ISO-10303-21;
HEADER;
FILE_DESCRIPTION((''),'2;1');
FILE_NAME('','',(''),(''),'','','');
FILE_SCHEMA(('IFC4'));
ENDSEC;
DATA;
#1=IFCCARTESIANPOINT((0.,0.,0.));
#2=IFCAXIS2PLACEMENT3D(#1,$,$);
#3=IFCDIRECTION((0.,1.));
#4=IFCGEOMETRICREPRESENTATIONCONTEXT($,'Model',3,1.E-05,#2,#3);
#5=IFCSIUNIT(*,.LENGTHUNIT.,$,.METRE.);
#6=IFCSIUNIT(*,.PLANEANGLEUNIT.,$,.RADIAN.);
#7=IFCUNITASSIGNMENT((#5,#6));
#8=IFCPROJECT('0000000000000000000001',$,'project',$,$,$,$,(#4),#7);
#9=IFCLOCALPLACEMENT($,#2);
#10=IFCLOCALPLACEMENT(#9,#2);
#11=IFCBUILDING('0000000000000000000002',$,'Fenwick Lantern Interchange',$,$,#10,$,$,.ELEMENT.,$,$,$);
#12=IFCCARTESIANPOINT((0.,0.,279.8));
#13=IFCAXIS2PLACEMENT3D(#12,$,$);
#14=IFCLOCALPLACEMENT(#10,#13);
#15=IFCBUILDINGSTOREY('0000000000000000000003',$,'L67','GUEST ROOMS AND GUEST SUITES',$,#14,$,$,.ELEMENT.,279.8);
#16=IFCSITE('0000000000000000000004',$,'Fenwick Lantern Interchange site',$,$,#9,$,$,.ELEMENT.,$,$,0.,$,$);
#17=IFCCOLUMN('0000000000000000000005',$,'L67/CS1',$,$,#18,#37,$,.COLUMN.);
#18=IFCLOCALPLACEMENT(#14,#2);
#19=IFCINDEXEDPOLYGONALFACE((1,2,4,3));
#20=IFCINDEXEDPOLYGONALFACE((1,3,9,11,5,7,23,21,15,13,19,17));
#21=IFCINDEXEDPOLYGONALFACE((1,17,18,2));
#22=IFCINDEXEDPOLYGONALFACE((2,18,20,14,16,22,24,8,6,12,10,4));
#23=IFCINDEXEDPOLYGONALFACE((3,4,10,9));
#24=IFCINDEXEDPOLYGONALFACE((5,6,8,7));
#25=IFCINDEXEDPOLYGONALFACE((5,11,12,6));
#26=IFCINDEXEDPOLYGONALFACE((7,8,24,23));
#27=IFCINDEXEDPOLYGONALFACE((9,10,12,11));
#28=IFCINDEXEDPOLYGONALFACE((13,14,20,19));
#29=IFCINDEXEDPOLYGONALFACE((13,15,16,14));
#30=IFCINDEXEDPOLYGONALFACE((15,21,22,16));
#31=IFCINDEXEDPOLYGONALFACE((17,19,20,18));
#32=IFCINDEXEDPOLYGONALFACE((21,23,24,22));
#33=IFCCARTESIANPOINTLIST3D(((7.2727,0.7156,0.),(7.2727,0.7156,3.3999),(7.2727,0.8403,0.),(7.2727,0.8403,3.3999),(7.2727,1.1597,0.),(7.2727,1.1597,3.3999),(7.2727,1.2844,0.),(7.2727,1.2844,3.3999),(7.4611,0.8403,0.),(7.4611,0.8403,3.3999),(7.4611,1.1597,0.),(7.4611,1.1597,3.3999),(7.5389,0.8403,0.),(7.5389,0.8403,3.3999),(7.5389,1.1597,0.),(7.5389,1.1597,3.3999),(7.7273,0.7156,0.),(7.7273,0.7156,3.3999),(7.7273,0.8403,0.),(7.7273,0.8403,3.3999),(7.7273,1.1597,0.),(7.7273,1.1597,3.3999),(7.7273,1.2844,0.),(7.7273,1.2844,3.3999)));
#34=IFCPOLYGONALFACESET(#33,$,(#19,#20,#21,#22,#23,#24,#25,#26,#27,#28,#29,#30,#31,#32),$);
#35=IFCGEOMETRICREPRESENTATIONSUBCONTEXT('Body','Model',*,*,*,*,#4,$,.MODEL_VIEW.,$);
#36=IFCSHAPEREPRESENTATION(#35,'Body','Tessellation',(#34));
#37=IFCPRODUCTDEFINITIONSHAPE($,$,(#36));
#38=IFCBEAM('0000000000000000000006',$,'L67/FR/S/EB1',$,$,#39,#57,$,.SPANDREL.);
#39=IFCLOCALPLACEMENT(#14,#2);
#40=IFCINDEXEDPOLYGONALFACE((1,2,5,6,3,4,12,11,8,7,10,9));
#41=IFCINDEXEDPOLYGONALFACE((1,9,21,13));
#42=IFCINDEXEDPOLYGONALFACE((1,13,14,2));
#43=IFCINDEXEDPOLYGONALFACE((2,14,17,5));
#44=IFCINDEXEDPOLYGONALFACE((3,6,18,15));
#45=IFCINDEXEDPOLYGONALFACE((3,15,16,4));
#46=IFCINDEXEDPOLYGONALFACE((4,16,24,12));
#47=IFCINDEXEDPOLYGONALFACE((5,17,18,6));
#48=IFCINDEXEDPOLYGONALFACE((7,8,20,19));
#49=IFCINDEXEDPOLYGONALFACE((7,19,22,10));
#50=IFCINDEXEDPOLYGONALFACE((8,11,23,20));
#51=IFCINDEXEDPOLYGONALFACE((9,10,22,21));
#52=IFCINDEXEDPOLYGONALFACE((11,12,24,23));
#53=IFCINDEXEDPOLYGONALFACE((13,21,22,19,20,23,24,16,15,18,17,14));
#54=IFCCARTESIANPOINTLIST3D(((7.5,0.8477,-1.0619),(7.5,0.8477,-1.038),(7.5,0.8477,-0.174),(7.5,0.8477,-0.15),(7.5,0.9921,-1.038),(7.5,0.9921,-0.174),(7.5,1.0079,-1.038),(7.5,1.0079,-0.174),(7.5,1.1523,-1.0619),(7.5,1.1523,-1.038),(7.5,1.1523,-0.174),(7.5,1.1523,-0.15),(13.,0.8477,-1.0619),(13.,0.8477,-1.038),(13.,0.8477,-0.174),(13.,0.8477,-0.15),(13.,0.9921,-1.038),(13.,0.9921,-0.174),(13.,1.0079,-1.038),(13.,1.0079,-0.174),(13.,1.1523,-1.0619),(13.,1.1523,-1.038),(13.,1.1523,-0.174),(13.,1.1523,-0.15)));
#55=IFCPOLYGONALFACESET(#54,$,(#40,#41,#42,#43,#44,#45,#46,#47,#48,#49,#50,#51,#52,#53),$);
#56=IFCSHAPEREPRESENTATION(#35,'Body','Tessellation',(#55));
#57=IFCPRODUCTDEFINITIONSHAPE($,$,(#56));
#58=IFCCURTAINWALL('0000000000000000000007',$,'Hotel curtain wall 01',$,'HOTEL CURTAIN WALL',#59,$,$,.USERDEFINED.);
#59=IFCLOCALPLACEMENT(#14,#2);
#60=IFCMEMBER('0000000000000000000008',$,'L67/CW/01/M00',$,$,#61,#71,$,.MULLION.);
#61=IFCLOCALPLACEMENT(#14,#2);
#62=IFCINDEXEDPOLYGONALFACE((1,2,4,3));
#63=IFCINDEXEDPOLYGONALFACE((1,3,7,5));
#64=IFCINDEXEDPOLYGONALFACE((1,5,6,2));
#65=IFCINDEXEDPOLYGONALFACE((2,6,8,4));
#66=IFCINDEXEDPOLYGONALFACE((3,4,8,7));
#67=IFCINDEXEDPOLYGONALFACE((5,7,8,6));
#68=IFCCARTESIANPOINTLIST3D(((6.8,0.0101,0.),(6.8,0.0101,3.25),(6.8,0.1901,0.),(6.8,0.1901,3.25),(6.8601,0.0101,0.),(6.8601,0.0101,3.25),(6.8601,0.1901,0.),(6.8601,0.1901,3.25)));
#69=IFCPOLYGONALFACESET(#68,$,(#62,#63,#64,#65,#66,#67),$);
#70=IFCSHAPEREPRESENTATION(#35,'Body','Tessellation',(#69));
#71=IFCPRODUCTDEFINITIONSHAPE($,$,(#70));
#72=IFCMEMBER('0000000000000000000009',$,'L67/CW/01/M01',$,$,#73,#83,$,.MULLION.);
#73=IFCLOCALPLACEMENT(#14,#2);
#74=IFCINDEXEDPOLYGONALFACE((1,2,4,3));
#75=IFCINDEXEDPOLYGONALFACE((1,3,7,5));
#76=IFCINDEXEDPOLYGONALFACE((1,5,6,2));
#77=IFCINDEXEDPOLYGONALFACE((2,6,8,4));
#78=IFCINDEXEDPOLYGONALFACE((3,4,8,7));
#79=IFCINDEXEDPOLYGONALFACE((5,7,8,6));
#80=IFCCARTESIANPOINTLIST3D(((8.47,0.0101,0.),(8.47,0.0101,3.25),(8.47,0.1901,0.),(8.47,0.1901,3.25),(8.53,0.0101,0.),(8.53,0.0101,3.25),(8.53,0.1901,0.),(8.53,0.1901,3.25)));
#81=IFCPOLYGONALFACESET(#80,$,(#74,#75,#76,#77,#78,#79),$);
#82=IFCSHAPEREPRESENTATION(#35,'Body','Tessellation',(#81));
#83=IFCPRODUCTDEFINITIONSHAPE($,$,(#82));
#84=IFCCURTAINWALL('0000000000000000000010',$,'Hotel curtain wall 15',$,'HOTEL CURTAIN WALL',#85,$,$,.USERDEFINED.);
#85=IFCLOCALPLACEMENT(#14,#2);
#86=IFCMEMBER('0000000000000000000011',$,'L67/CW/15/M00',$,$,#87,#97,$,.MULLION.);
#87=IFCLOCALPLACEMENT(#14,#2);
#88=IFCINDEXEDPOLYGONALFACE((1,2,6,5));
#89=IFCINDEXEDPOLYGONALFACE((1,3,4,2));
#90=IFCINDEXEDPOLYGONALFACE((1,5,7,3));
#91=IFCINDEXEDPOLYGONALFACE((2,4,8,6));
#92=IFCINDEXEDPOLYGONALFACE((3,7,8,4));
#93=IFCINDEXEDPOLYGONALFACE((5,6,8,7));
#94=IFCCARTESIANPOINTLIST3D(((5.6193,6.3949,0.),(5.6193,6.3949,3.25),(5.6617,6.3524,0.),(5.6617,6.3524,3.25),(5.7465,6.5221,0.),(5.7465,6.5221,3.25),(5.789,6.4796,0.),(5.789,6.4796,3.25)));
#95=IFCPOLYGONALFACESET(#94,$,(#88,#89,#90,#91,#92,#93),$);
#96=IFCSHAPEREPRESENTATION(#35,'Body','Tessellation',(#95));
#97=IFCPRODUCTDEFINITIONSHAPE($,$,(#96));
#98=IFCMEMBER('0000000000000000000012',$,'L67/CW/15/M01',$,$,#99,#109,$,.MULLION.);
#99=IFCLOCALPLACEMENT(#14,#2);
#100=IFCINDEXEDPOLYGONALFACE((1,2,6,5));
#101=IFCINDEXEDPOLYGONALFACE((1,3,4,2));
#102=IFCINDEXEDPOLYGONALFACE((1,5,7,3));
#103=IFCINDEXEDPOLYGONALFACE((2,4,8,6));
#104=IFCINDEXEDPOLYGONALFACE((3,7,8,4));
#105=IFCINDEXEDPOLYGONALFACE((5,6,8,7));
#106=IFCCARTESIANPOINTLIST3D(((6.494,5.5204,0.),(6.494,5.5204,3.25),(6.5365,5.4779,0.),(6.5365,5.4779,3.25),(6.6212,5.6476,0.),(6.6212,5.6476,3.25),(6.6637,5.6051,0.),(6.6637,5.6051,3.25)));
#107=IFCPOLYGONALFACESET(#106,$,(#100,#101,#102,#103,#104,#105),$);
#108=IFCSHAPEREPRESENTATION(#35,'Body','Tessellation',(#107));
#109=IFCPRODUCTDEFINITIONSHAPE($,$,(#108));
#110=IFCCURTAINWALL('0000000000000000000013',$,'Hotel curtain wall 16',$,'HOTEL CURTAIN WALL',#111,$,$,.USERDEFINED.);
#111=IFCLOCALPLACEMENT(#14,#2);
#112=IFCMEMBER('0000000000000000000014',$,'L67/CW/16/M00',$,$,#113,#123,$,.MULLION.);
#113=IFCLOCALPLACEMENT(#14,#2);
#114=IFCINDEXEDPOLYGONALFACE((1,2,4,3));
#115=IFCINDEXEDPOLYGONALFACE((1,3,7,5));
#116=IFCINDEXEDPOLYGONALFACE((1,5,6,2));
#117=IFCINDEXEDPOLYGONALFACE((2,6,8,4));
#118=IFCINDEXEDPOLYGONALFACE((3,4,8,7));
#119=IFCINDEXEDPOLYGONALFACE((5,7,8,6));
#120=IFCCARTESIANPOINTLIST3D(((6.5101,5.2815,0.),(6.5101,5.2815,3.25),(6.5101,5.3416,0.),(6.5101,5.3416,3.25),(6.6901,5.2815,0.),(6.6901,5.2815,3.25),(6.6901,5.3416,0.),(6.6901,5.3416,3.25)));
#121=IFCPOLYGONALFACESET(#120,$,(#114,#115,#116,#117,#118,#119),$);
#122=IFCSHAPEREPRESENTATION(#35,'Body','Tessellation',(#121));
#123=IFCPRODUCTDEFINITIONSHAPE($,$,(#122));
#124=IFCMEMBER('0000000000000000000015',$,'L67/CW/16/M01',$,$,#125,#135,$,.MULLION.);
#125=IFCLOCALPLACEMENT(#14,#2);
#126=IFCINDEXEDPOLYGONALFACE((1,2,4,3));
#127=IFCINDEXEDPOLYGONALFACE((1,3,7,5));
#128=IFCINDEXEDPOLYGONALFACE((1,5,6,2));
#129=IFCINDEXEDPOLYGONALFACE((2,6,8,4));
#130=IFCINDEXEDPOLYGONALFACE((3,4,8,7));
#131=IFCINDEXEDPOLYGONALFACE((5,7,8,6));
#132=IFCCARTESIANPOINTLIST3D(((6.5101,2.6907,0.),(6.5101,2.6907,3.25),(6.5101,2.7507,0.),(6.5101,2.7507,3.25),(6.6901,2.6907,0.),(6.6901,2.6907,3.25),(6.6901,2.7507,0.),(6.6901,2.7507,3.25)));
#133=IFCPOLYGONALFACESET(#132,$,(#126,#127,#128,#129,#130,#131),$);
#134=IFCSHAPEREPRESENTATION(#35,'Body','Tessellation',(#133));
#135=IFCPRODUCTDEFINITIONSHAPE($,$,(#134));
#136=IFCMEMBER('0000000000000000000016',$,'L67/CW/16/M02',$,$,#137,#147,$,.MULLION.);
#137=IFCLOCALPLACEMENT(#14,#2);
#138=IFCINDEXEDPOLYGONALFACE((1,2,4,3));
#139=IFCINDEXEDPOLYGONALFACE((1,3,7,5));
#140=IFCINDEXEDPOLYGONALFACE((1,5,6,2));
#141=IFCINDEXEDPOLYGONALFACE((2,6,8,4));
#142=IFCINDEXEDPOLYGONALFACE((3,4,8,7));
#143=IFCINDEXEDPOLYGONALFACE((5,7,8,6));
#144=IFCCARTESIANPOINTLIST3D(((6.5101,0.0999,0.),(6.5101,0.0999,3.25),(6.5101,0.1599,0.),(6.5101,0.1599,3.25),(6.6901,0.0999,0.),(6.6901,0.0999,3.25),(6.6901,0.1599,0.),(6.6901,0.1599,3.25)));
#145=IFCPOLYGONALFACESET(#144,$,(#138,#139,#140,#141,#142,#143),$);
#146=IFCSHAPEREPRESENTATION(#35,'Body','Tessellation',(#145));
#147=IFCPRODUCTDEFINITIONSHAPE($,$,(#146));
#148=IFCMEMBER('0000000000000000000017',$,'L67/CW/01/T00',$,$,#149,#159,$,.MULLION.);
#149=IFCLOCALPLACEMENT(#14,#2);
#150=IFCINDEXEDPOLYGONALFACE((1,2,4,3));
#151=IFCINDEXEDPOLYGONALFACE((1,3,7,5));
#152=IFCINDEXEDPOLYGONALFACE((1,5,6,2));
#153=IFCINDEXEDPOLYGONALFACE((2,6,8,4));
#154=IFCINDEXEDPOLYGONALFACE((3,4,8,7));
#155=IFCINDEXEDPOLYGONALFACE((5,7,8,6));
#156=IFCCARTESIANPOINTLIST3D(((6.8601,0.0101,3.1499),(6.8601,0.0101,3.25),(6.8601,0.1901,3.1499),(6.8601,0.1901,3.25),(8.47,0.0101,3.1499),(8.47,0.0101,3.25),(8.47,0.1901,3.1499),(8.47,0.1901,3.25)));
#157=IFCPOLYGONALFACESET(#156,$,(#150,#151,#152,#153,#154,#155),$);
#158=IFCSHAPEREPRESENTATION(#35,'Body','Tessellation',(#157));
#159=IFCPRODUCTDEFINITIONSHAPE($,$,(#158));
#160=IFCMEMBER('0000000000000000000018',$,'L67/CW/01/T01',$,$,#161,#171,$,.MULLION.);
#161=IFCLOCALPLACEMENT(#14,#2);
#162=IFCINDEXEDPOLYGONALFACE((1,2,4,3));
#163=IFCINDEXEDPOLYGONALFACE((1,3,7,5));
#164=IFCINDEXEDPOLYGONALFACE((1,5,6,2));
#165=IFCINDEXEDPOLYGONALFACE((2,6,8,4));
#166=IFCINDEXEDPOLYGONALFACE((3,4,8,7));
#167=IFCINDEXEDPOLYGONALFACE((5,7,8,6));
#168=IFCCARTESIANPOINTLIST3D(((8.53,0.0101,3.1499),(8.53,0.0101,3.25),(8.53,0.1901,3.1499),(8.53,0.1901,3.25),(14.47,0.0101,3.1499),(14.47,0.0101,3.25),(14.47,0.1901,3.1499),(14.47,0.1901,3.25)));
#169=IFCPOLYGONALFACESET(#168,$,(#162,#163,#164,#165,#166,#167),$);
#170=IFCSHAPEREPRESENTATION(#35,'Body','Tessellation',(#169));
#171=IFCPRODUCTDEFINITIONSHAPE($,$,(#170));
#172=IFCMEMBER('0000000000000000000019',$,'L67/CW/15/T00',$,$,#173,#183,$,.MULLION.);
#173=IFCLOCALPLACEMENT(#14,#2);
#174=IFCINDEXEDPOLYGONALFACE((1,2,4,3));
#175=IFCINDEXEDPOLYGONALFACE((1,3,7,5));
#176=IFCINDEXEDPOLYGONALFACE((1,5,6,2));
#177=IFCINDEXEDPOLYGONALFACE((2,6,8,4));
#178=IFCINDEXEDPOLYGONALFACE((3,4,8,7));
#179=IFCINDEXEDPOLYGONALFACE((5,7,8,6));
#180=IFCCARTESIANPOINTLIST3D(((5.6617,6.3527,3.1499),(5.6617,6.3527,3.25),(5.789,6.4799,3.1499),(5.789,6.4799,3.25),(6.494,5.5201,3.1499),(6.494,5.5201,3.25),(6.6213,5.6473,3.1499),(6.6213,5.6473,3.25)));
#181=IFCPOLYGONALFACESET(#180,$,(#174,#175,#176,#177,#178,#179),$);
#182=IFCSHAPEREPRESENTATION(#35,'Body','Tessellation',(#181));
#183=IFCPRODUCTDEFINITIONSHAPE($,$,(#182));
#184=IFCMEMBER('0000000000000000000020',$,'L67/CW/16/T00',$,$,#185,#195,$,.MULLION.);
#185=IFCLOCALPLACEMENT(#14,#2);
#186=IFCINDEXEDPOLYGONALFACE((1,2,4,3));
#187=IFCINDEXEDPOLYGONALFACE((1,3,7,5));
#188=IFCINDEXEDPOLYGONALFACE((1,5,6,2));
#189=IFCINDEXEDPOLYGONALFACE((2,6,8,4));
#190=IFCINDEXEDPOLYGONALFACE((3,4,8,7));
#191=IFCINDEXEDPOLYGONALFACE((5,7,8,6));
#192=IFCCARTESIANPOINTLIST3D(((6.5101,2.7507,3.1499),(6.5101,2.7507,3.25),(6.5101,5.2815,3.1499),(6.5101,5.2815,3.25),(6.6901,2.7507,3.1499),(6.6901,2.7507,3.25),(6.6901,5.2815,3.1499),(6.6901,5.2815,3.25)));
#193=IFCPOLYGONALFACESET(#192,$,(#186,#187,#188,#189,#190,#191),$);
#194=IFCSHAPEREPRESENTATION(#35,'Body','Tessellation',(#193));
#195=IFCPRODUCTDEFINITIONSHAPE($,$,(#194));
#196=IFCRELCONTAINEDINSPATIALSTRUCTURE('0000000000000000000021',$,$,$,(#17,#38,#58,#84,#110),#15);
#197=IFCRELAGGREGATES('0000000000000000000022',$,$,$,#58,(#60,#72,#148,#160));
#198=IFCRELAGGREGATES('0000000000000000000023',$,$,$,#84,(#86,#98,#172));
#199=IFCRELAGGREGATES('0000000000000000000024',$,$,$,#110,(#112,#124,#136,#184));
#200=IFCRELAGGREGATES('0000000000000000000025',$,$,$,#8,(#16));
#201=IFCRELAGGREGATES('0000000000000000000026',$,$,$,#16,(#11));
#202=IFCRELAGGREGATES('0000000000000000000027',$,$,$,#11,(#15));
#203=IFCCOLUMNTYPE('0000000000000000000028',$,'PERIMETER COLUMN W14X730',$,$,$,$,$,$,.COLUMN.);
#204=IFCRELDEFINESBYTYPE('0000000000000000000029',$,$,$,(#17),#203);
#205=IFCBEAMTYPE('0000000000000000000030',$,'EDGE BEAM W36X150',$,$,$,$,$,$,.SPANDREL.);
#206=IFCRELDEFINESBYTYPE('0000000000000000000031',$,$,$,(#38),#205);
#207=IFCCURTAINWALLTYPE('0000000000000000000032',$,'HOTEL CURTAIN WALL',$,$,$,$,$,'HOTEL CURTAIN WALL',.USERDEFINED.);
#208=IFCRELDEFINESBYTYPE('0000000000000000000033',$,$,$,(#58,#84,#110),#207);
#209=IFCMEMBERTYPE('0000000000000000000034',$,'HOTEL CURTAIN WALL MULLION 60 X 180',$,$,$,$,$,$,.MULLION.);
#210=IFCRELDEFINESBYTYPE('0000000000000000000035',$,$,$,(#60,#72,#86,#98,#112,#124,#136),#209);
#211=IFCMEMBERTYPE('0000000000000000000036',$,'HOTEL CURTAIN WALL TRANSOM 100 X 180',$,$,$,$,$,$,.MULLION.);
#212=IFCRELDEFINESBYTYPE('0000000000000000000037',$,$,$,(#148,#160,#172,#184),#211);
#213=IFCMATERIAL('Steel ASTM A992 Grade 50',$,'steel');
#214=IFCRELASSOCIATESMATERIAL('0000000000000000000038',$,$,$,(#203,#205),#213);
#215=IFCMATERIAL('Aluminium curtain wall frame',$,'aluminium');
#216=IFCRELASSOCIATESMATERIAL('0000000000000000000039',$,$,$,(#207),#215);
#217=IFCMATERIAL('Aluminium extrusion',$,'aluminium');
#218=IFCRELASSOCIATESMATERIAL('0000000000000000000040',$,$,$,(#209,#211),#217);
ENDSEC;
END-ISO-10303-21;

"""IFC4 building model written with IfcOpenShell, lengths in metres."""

from ifc_helpers import new_model, si_unit, direction, frame, origin, origin_2d, place, context, subcontext, project, spatial, rectangle, i_section, extrude, material, material_profile, profile_set, type_object, element, aggregate, save


model = new_model("IFC4")

# Units and contexts
model_context = context("Model", 3, precision=1e-05, world=origin(), true_north=direction((0.0, 1.0)))
body_context = subcontext(model_context, "Body", "Model", "MODEL_VIEW")
ifc_project = project(units=[si_unit("LENGTHUNIT", "METRE"), si_unit("PLANEANGLEUNIT", "RADIAN")], contexts=[model_context])

# Site, building, storey
site_placement = place(None, origin())
site = spatial("IfcSite", under=ifc_project, at=site_placement, Name="Fenwick Lantern Interchange site", CompositionType="ELEMENT", RefElevation=0.0)
building_placement = place(site_placement, origin())
building = spatial("IfcBuilding", under=site, at=building_placement, Name="Fenwick Lantern Interchange", CompositionType="ELEMENT")
storey_placement = place(building_placement, frame((0.0, 0.0, 279.8)))
storey = spatial("IfcBuildingStorey", under=building, at=storey_placement, Name="L67", Description="GUEST ROOMS AND GUEST SUITES", CompositionType="ELEMENT", Elevation=279.8)

# Column
ifc_material_1 = material(Name="Steel ASTM A992 Grade 50", Category="steel")
ifc_material_profile_1 = material_profile(ifc_material_1, i_section(OverallWidth=0.4546, OverallDepth=0.5688, WebThickness=0.0779, FlangeThickness=0.1248, at=origin_2d()), Name="W14X730")
ifc_profile_set_1 = profile_set([ifc_material_profile_1], Name="Steel ASTM A992 Grade 50")
column_type = type_object("IfcColumnType", Name="PERIMETER COLUMN W14X730", PredefinedType="COLUMN", material=ifc_profile_set_1)
column_placement = place(storey_placement, frame((7.5, 1.0, 0.0), z_axis=(0.0, 0.0, 1.0), x_axis=(1.0, 0.0, 0.0)))
element("IfcColumn", 1, at=column_placement, inside=storey, type_object=column_type, Name="L67/CS1", PredefinedType="COLUMN", context=body_context, shape_type="SweptSolid", body=[
    extrude(i_section(OverallWidth=0.4546, OverallDepth=0.5688, WebThickness=0.0779, FlangeThickness=0.1248, at=origin_2d()), origin(), (0.0, 0.0, 1.0), 3.3999),
])

# Beam
ifc_material_profile_2 = material_profile(ifc_material_1, i_section(OverallWidth=0.3047, OverallDepth=0.9119, WebThickness=0.0159, FlangeThickness=0.0239, at=origin_2d()), Name="W36X150")
ifc_profile_set_2 = profile_set([ifc_material_profile_2], Name="Steel ASTM A992 Grade 50")
beam_type = type_object("IfcBeamType", Name="EDGE BEAM W36X150", PredefinedType="SPANDREL", material=ifc_profile_set_2)
beam_placement = place(storey_placement, frame((7.5, 1.0, -0.606), z_axis=(1.0, 0.0, 0.0), x_axis=(0.0, 1.0, 0.0)))
element("IfcBeam", 2, at=beam_placement, inside=storey, type_object=beam_type, Name="L67/FR/S/EB1", PredefinedType="SPANDREL", context=body_context, shape_type="SweptSolid", body=[
    extrude(i_section(OverallWidth=0.3047, OverallDepth=0.9119, WebThickness=0.0159, FlangeThickness=0.0239, at=origin_2d()), origin(), (0.0, 0.0, 1.0), 5.5),
])

# Curtain walls, members
ifc_material_2 = material(Name="Aluminium curtain wall frame", Category="aluminium")
curtain_wall_type = type_object("IfcCurtainWallType", Name="HOTEL CURTAIN WALL", ElementType="HOTEL CURTAIN WALL", PredefinedType="USERDEFINED", material=ifc_material_2)
curtain_wall_1_placement = place(storey_placement, origin())
curtain_wall_1 = element("IfcCurtainWall", 3, at=curtain_wall_1_placement, inside=storey, type_object=curtain_wall_type, Name="Hotel curtain wall 01", ObjectType="HOTEL CURTAIN WALL", PredefinedType="USERDEFINED")
ifc_material_3 = material(Name="Aluminium extrusion", Category="aluminium")
ifc_material_profile_3 = material_profile(ifc_material_3, rectangle(XDim=0.1799, YDim=0.0601, at=origin_2d()), Name="HOTEL CURTAIN WALL MULLION 60 X 180")
ifc_profile_set_3 = profile_set([ifc_material_profile_3], Name="Aluminium extrusion")
member_type_1 = type_object("IfcMemberType", Name="HOTEL CURTAIN WALL MULLION 60 X 180", PredefinedType="MULLION", material=ifc_profile_set_3)
member_1_placement = place(storey_placement, frame((6.8301, 0.1001, 0.0), z_axis=(0.0, 0.0, 1.0), x_axis=(0.0, 1.0, 0.0)))
member_1 = element("IfcMember", 4, at=member_1_placement, type_object=member_type_1, Name="L67/CW/01/M00", PredefinedType="MULLION", context=body_context, shape_type="SweptSolid", body=[
    extrude(rectangle(XDim=0.1799, YDim=0.0601, at=origin_2d()), origin(), (0.0, 0.0, 1.0), 3.25),
])
member_2_placement = place(storey_placement, frame((8.5, 0.1001, 0.0), z_axis=(0.0, 0.0, 1.0), x_axis=(0.0, 1.0, 0.0)))
member_2 = element("IfcMember", 5, at=member_2_placement, type_object=member_type_1, Name="L67/CW/01/M01", PredefinedType="MULLION", context=body_context, shape_type="SweptSolid", body=[
    extrude(rectangle(XDim=0.1799, YDim=0.0601, at=origin_2d()), origin(), (0.0, 0.0, 1.0), 3.25),
])
curtain_wall_2_placement = place(storey_placement, origin())
curtain_wall_2 = element("IfcCurtainWall", 6, at=curtain_wall_2_placement, inside=storey, type_object=curtain_wall_type, Name="Hotel curtain wall 15", ObjectType="HOTEL CURTAIN WALL", PredefinedType="USERDEFINED")
member_3_placement = place(storey_placement, frame((5.7041, 6.4373, 0.0), z_axis=(0.0, 0.0, 1.0), x_axis=(0.707107, 0.707107, 0.0)))
member_3 = element("IfcMember", 7, at=member_3_placement, type_object=member_type_1, Name="L67/CW/15/M00", PredefinedType="MULLION", context=body_context, shape_type="SweptSolid", body=[
    extrude(rectangle(XDim=0.1799, YDim=0.0601, at=origin_2d()), origin(), (0.0, 0.0, 1.0), 3.25),
])
member_4_placement = place(storey_placement, frame((6.5789, 5.5627, 0.0), z_axis=(0.0, 0.0, 1.0), x_axis=(0.707107, 0.707107, 0.0)))
member_4 = element("IfcMember", 8, at=member_4_placement, type_object=member_type_1, Name="L67/CW/15/M01", PredefinedType="MULLION", context=body_context, shape_type="SweptSolid", body=[
    extrude(rectangle(XDim=0.1799, YDim=0.0601, at=origin_2d()), origin(), (0.0, 0.0, 1.0), 3.25),
])
curtain_wall_3_placement = place(storey_placement, origin())
curtain_wall_3 = element("IfcCurtainWall", 9, at=curtain_wall_3_placement, inside=storey, type_object=curtain_wall_type, Name="Hotel curtain wall 16", ObjectType="HOTEL CURTAIN WALL", PredefinedType="USERDEFINED")
member_5_placement = place(storey_placement, frame((6.6001, 5.3115, 0.0), z_axis=(0.0, 0.0, 1.0), x_axis=(1.0, 0.0, 0.0)))
member_5 = element("IfcMember", 10, at=member_5_placement, type_object=member_type_1, Name="L67/CW/16/M00", PredefinedType="MULLION", context=body_context, shape_type="SweptSolid", body=[
    extrude(rectangle(XDim=0.1799, YDim=0.0601, at=origin_2d()), origin(), (0.0, 0.0, 1.0), 3.25),
])
member_6_placement = place(storey_placement, frame((6.6001, 2.7207, 0.0), z_axis=(0.0, 0.0, 1.0), x_axis=(1.0, 0.0, 0.0)))
member_6 = element("IfcMember", 11, at=member_6_placement, type_object=member_type_1, Name="L67/CW/16/M01", PredefinedType="MULLION", context=body_context, shape_type="SweptSolid", body=[
    extrude(rectangle(XDim=0.1799, YDim=0.0601, at=origin_2d()), origin(), (0.0, 0.0, 1.0), 3.25),
])
member_7_placement = place(storey_placement, frame((6.6001, 0.1299, 0.0), z_axis=(0.0, 0.0, 1.0), x_axis=(1.0, 0.0, 0.0)))
member_7 = element("IfcMember", 12, at=member_7_placement, type_object=member_type_1, Name="L67/CW/16/M02", PredefinedType="MULLION", context=body_context, shape_type="SweptSolid", body=[
    extrude(rectangle(XDim=0.1799, YDim=0.0601, at=origin_2d()), origin(), (0.0, 0.0, 1.0), 3.25),
])

# Members
ifc_material_profile_4 = material_profile(ifc_material_3, rectangle(XDim=0.1799, YDim=0.1001, at=origin_2d()), Name="HOTEL CURTAIN WALL TRANSOM 100 X 180")
ifc_profile_set_4 = profile_set([ifc_material_profile_4], Name="Aluminium extrusion")
member_type_2 = type_object("IfcMemberType", Name="HOTEL CURTAIN WALL TRANSOM 100 X 180", PredefinedType="MULLION", material=ifc_profile_set_4)
member_8_placement = place(storey_placement, frame((6.8601, 0.1001, 3.2), z_axis=(1.0, 0.0, 0.0), x_axis=(0.0, 1.0, 0.0)))
member_8 = element("IfcMember", 13, at=member_8_placement, type_object=member_type_2, Name="L67/CW/01/T00", PredefinedType="MULLION", context=body_context, shape_type="SweptSolid", body=[
    extrude(rectangle(XDim=0.1799, YDim=0.1001, at=origin_2d()), origin(), (0.0, 0.0, 1.0), 1.6099),
])
member_9_placement = place(storey_placement, frame((8.53, 0.1001, 3.2), z_axis=(1.0, 0.0, 0.0), x_axis=(0.0, 1.0, 0.0)))
member_9 = element("IfcMember", 14, at=member_9_placement, type_object=member_type_2, Name="L67/CW/01/T01", PredefinedType="MULLION", context=body_context, shape_type="SweptSolid", body=[
    extrude(rectangle(XDim=0.1799, YDim=0.1001, at=origin_2d()), origin(), (0.0, 0.0, 1.0), 5.9399),
])
member_10_placement = place(storey_placement, frame((5.7253, 6.4163, 3.2), z_axis=(0.707003, -0.70721, 0.0), x_axis=(0.70721, 0.707003, 0.0)))
member_10 = element("IfcMember", 15, at=member_10_placement, type_object=member_type_2, Name="L67/CW/15/T00", PredefinedType="MULLION", context=body_context, shape_type="SweptSolid", body=[
    extrude(rectangle(XDim=0.1799, YDim=0.1001, at=origin_2d()), origin(), (0.0, 0.0, 1.0), 1.1772),
])
member_11_placement = place(storey_placement, frame((6.6001, 5.2815, 3.2), z_axis=(0.0, -1.0, 0.0), x_axis=(1.0, 0.0, 0.0)))
member_11 = element("IfcMember", 16, at=member_11_placement, type_object=member_type_2, Name="L67/CW/16/T00", PredefinedType="MULLION", context=body_context, shape_type="SweptSolid", body=[
    extrude(rectangle(XDim=0.1799, YDim=0.1001, at=origin_2d()), origin(), (0.0, 0.0, 1.0), 2.5308),
])

aggregate(curtain_wall_1, [member_1, member_2, member_8, member_9])
aggregate(curtain_wall_2, [member_3, member_4, member_10])
aggregate(curtain_wall_3, [member_5, member_6, member_7, member_11])

save(model, "model.ifc")
